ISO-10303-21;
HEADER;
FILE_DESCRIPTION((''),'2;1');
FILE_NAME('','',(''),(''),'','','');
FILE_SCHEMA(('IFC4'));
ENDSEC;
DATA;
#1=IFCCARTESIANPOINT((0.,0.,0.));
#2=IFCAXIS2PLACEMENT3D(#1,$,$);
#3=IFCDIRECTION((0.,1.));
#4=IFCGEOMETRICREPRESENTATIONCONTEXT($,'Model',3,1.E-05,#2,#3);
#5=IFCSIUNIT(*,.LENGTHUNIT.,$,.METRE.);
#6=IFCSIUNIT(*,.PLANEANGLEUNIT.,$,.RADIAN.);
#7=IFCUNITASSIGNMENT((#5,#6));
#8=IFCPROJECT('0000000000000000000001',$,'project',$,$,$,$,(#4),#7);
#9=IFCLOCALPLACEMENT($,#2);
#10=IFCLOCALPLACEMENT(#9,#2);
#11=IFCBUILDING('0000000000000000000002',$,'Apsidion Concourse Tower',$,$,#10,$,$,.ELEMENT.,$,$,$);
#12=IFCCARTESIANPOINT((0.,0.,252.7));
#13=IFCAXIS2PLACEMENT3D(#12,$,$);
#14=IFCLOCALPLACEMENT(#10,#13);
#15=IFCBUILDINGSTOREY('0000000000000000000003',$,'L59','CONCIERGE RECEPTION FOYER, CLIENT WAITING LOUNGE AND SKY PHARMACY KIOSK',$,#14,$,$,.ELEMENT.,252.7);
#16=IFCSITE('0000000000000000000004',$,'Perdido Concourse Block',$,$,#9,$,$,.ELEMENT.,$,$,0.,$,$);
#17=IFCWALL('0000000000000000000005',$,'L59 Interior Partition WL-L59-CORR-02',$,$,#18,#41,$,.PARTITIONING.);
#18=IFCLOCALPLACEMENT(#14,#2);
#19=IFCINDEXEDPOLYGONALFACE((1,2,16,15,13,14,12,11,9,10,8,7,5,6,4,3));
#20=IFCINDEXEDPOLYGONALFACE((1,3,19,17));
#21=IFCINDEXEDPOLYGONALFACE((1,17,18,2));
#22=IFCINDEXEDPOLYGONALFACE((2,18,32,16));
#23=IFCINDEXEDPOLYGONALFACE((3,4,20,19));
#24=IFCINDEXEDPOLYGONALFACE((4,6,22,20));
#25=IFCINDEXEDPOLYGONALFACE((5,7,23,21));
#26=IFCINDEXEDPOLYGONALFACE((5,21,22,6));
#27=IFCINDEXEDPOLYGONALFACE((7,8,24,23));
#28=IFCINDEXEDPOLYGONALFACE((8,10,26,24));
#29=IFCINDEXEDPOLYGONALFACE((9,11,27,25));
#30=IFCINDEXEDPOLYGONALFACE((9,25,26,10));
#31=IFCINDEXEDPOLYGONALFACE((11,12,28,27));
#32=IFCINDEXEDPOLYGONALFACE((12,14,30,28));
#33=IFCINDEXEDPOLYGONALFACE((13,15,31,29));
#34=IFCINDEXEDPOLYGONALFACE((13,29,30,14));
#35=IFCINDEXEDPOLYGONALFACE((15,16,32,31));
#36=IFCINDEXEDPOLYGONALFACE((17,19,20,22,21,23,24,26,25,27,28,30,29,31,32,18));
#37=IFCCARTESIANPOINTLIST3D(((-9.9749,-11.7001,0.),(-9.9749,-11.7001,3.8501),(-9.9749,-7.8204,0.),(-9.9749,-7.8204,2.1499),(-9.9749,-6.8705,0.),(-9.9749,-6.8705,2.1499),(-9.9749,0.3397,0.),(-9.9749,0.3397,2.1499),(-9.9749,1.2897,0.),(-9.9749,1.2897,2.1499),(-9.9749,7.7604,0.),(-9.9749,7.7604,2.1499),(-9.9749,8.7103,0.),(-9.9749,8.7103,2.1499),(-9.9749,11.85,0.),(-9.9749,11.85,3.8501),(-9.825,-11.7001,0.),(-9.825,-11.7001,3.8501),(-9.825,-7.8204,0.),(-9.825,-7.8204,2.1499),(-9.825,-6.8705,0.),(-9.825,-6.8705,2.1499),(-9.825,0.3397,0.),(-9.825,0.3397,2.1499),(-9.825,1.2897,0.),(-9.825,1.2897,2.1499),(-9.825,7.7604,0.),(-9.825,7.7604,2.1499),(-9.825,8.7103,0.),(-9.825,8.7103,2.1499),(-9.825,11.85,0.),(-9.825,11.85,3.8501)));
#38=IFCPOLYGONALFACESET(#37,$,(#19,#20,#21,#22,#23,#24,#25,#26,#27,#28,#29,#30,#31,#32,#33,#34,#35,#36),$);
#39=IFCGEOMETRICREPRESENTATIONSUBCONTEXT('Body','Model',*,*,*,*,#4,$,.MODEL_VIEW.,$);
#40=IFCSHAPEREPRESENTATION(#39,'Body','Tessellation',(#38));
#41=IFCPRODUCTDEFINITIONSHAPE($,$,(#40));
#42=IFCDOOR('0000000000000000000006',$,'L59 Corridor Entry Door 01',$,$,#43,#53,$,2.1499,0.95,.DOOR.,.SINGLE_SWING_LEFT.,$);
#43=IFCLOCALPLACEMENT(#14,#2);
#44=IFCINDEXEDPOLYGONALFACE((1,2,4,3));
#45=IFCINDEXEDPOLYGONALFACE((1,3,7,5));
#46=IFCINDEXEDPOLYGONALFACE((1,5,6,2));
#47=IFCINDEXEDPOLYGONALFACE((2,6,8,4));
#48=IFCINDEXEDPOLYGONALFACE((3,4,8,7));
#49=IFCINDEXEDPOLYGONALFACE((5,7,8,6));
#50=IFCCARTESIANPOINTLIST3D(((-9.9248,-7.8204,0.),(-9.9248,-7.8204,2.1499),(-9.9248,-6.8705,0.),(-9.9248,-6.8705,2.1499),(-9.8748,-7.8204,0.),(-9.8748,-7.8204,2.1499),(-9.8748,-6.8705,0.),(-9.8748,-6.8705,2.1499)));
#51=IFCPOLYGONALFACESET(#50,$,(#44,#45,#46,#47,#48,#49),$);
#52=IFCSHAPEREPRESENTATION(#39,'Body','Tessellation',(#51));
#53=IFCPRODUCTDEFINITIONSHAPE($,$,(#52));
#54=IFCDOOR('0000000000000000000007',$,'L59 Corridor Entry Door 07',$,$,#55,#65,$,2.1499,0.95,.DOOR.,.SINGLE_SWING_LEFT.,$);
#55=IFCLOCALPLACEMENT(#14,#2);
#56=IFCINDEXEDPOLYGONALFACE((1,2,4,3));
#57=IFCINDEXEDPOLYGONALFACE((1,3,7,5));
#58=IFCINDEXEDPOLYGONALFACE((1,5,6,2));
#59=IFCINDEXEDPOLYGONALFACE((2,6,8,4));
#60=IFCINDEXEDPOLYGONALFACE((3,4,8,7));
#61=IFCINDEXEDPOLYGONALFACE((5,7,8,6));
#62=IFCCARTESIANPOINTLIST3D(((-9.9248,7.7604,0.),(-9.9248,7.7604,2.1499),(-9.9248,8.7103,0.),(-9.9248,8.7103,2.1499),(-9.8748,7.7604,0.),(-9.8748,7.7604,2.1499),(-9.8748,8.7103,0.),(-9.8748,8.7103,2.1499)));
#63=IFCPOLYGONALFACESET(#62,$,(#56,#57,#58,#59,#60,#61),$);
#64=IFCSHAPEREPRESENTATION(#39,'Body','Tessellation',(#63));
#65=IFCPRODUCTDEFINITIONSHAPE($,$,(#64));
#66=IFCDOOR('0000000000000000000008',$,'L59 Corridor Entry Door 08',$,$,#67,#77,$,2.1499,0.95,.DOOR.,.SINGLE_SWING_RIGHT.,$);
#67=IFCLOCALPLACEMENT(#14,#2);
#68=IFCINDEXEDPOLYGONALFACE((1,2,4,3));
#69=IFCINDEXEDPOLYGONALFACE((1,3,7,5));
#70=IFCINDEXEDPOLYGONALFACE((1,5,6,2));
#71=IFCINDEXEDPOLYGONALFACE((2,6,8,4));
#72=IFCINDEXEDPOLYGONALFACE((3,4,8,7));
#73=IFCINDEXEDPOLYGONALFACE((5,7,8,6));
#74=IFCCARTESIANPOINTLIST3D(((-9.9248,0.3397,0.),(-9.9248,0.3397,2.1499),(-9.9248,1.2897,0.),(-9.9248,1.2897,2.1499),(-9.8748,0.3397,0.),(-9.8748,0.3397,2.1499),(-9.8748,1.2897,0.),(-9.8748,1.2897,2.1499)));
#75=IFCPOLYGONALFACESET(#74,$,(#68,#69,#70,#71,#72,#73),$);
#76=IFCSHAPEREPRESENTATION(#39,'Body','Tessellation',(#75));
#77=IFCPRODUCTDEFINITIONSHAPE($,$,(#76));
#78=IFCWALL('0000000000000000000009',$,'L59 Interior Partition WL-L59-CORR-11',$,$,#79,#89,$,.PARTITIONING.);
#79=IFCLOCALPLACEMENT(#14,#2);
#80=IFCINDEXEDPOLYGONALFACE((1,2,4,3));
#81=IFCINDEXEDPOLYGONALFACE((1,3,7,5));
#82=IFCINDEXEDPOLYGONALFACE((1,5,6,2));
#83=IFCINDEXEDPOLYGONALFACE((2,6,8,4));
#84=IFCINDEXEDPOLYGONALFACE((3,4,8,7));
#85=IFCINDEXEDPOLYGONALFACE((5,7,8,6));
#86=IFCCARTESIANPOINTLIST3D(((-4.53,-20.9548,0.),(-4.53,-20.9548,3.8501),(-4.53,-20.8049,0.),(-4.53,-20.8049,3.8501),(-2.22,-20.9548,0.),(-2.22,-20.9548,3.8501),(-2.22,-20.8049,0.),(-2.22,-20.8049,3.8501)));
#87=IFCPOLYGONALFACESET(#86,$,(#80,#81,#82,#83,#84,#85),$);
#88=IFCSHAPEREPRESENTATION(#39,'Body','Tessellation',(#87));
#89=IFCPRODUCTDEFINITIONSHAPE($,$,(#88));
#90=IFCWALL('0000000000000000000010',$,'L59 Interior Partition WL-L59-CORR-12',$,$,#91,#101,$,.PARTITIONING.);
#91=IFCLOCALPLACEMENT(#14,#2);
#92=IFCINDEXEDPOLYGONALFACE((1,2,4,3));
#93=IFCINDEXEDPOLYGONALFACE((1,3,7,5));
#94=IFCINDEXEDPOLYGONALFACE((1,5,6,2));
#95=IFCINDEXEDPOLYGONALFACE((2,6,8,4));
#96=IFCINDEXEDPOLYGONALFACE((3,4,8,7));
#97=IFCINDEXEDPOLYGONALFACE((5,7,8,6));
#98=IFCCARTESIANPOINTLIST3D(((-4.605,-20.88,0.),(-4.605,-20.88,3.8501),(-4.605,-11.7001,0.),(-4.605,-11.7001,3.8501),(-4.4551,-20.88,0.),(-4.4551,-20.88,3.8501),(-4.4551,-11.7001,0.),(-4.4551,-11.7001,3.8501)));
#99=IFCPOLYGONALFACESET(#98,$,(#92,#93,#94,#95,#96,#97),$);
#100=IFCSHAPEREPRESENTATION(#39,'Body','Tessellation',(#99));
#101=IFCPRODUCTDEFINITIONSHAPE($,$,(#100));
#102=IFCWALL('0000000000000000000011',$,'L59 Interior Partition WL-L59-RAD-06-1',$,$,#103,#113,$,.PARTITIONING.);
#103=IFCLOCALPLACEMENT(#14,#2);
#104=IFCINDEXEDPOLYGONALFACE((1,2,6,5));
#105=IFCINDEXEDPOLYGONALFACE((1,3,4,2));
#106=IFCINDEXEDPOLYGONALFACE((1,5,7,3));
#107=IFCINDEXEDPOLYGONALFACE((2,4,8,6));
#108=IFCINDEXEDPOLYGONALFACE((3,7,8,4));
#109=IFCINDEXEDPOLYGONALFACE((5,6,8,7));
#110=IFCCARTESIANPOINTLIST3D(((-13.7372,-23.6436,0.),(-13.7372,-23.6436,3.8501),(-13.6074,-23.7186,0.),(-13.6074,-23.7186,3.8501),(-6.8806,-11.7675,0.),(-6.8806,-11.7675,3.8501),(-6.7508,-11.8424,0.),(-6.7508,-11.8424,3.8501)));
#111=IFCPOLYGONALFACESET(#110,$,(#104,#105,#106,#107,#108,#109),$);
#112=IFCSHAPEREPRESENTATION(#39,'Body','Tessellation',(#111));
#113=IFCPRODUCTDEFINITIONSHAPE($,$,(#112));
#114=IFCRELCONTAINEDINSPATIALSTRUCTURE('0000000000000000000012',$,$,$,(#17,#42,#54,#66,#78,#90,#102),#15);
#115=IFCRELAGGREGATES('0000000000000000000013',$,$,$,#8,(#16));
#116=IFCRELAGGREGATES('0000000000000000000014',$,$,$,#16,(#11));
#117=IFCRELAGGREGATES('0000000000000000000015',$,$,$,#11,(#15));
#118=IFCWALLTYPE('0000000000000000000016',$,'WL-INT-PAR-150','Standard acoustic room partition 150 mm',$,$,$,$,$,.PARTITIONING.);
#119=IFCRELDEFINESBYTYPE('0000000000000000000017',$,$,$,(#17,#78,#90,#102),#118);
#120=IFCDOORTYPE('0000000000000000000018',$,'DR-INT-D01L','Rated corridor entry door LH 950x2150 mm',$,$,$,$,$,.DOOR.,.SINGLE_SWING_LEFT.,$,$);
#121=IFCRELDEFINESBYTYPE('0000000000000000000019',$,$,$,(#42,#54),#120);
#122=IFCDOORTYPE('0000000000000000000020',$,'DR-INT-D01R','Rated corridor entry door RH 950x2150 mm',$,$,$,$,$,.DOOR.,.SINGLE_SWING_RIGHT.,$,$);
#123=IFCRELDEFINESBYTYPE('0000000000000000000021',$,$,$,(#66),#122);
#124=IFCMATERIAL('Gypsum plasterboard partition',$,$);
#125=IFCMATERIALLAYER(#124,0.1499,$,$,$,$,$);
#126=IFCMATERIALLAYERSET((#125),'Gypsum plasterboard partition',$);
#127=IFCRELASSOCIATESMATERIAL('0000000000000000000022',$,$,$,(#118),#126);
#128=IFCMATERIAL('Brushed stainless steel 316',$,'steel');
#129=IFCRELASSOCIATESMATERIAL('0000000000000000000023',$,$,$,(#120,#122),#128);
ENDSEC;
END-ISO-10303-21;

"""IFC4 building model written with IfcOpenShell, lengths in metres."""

from ifc_helpers import new_model, si_unit, direction, frame, frame_2d, origin, place, context, subcontext, project, spatial, rectangle, extrude, material, layer, layer_set, type_object, element, fill, save


model = new_model("IFC4")

# Units and contexts
model_context = context("Model", 3, precision=1e-05, world=origin(), true_north=direction((0.0, 1.0)))
body_context = subcontext(model_context, "Body", "Model", "MODEL_VIEW")
ifc_project = project(units=[si_unit("LENGTHUNIT", "METRE"), si_unit("PLANEANGLEUNIT", "RADIAN")], contexts=[model_context])

# Site, building, storey
site_placement = place(None, origin())
site = spatial("IfcSite", under=ifc_project, at=site_placement, Name="Perdido Concourse Block", CompositionType="ELEMENT", RefElevation=0.0)
building_placement = place(site_placement, origin())
building = spatial("IfcBuilding", under=site, at=building_placement, Name="Apsidion Concourse Tower", CompositionType="ELEMENT")
storey_placement = place(building_placement, frame((0.0, 0.0, 252.7)))
storey = spatial("IfcBuildingStorey", under=building, at=storey_placement, Name="L59", Description="CONCIERGE RECEPTION FOYER, CLIENT WAITING LOUNGE AND SKY PHARMACY KIOSK", CompositionType="ELEMENT", Elevation=252.7)

# Wall, openings, doors
ifc_material_1 = material(Name="Gypsum plasterboard partition")
ifc_layer_1 = layer(ifc_material_1, 0.1499)
ifc_layer_set_1 = layer_set([ifc_layer_1], Name="Gypsum plasterboard partition")
wall_type_1 = type_object("IfcWallType", Name="WL-INT-PAR-150", Description="Standard acoustic room partition 150 mm", PredefinedType="PARTITIONING", material=ifc_layer_set_1)
wall_1_placement = place(storey_placement, frame((-9.8999, -11.7, 0.0), z_axis=(0.0, 0.0, 1.0), x_axis=(0.0, 1.0, 0.0)))
wall_1 = element("IfcWall", 1, at=wall_1_placement, inside=storey, type_object=wall_type_1, Name="L59 Interior Partition WL-L59-CORR-02", PredefinedType="PARTITIONING", context=body_context, shape_type="SweptSolid", body=[
    extrude(rectangle(XDim=23.55, YDim=0.1499, at=frame_2d((11.7749, 0.0))), origin(), (0.0, 0.0, 1.0), 3.8501),
])
opening_1_placement = place(wall_1_placement, frame((3.8794, 0.0, 0.0)))
opening_1 = element("IfcOpeningElement", 2, at=opening_1_placement, cuts=wall_1, PredefinedType="OPENING", context=body_context, shape_type="SweptSolid", body=[
    extrude(rectangle(XDim=0.95, YDim=2.1499, at=frame_2d((0.4751, 1.075))), frame((0.0, 0.085, 0.0), z_axis=(0.0, -1.0, 0.0), x_axis=(1.0, 0.0, 0.0)), (0.0, 0.0, 1.0), 0.1699),
])
opening_2_placement = place(wall_1_placement, frame((19.4602, 0.0, 0.0)))
opening_2 = element("IfcOpeningElement", 3, at=opening_2_placement, cuts=wall_1, PredefinedType="OPENING", context=body_context, shape_type="SweptSolid", body=[
    extrude(rectangle(XDim=0.95, YDim=2.1499, at=frame_2d((0.4751, 1.075))), frame((0.0, 0.085, 0.0), z_axis=(0.0, -1.0, 0.0), x_axis=(1.0, 0.0, 0.0)), (0.0, 0.0, 1.0), 0.1699),
])
opening_3_placement = place(wall_1_placement, frame((12.0396, 0.0, 0.0)))
opening_3 = element("IfcOpeningElement", 4, at=opening_3_placement, cuts=wall_1, PredefinedType="OPENING", context=body_context, shape_type="SweptSolid", body=[
    extrude(rectangle(XDim=0.95, YDim=2.1499, at=frame_2d((0.4751, 1.075))), frame((0.0, 0.085, 0.0), z_axis=(0.0, -1.0, 0.0), x_axis=(1.0, 0.0, 0.0)), (0.0, 0.0, 1.0), 0.1699),
])
ifc_material_2 = material(Name="Brushed stainless steel 316", Category="steel")
door_type_1 = type_object("IfcDoorType", Name="DR-INT-D01L", Description="Rated corridor entry door LH 950x2150 mm", OperationType="SINGLE_SWING_LEFT", PredefinedType="DOOR", material=ifc_material_2)
door_1_placement = place(opening_1_placement, origin())
door_1 = element("IfcDoor", 5, at=door_1_placement, inside=storey, type_object=door_type_1, Name="L59 Corridor Entry Door 01", OperationType="SINGLE_SWING_LEFT", OverallHeight=2.1499, OverallWidth=0.95, PredefinedType="DOOR", context=body_context, shape_type="SweptSolid", body=[
    extrude(rectangle(XDim=0.95, YDim=2.1499, at=frame_2d((0.4751, 1.075))), frame((0.0, 0.0249, 0.0), z_axis=(0.0, -1.0, 0.0), x_axis=(1.0, 0.0, 0.0)), (0.0, 0.0, 1.0), 0.05),
])
fill(opening_1, door_1)
door_2_placement = place(opening_2_placement, origin())
door_2 = element("IfcDoor", 6, at=door_2_placement, inside=storey, type_object=door_type_1, Name="L59 Corridor Entry Door 07", OperationType="SINGLE_SWING_LEFT", OverallHeight=2.1499, OverallWidth=0.95, PredefinedType="DOOR", context=body_context, shape_type="SweptSolid", body=[
    extrude(rectangle(XDim=0.95, YDim=2.1499, at=frame_2d((0.4751, 1.075))), frame((0.0, 0.0249, 0.0), z_axis=(0.0, -1.0, 0.0), x_axis=(1.0, 0.0, 0.0)), (0.0, 0.0, 1.0), 0.05),
])
fill(opening_2, door_2)
door_type_2 = type_object("IfcDoorType", Name="DR-INT-D01R", Description="Rated corridor entry door RH 950x2150 mm", OperationType="SINGLE_SWING_RIGHT", PredefinedType="DOOR", material=ifc_material_2)
door_3_placement = place(opening_3_placement, origin())
door_3 = element("IfcDoor", 7, at=door_3_placement, inside=storey, type_object=door_type_2, Name="L59 Corridor Entry Door 08", OperationType="SINGLE_SWING_RIGHT", OverallHeight=2.1499, OverallWidth=0.95, PredefinedType="DOOR", context=body_context, shape_type="SweptSolid", body=[
    extrude(rectangle(XDim=0.95, YDim=2.1499, at=frame_2d((0.4751, 1.075))), frame((0.0, 0.0249, 0.0), z_axis=(0.0, -1.0, 0.0), x_axis=(1.0, 0.0, 0.0)), (0.0, 0.0, 1.0), 0.05),
])
fill(opening_3, door_3)

# Walls
wall_2_placement = place(storey_placement, frame((-2.22, -20.8799, 0.0), z_axis=(0.0, 0.0, 1.0), x_axis=(-1.0, 0.0, 0.0)))
element("IfcWall", 8, at=wall_2_placement, inside=storey, type_object=wall_type_1, Name="L59 Interior Partition WL-L59-CORR-11", PredefinedType="PARTITIONING", context=body_context, shape_type="SweptSolid", body=[
    extrude(rectangle(XDim=2.3101, YDim=0.1499, at=frame_2d((1.155, 0.0))), origin(), (0.0, 0.0, 1.0), 3.8501),
])
wall_3_placement = place(storey_placement, frame((-4.53, -20.8799, 0.0), z_axis=(0.0, 0.0, 1.0), x_axis=(0.0, 1.0, 0.0)))
element("IfcWall", 9, at=wall_3_placement, inside=storey, type_object=wall_type_1, Name="L59 Interior Partition WL-L59-CORR-12", PredefinedType="PARTITIONING", context=body_context, shape_type="SweptSolid", body=[
    extrude(rectangle(XDim=9.1799, YDim=0.1499, at=frame_2d((4.5898, 0.0))), origin(), (0.0, 0.0, 1.0), 3.8501),
])
wall_4_placement = place(storey_placement, frame((-6.8157, -11.8049, 0.0), z_axis=(0.0, 0.0, 1.0), x_axis=(-0.499997, -0.866027, 0.0)))
element("IfcWall", 10, at=wall_4_placement, inside=storey, type_object=wall_type_1, Name="L59 Interior Partition WL-L59-RAD-06-1", PredefinedType="PARTITIONING", context=body_context, shape_type="SweptSolid", body=[
    extrude(rectangle(XDim=13.7134, YDim=0.1499, at=frame_2d((6.8567, 0.0))), origin(), (0.0, 0.0, 1.0), 3.8501),
])

save(model, "model.ifc")
